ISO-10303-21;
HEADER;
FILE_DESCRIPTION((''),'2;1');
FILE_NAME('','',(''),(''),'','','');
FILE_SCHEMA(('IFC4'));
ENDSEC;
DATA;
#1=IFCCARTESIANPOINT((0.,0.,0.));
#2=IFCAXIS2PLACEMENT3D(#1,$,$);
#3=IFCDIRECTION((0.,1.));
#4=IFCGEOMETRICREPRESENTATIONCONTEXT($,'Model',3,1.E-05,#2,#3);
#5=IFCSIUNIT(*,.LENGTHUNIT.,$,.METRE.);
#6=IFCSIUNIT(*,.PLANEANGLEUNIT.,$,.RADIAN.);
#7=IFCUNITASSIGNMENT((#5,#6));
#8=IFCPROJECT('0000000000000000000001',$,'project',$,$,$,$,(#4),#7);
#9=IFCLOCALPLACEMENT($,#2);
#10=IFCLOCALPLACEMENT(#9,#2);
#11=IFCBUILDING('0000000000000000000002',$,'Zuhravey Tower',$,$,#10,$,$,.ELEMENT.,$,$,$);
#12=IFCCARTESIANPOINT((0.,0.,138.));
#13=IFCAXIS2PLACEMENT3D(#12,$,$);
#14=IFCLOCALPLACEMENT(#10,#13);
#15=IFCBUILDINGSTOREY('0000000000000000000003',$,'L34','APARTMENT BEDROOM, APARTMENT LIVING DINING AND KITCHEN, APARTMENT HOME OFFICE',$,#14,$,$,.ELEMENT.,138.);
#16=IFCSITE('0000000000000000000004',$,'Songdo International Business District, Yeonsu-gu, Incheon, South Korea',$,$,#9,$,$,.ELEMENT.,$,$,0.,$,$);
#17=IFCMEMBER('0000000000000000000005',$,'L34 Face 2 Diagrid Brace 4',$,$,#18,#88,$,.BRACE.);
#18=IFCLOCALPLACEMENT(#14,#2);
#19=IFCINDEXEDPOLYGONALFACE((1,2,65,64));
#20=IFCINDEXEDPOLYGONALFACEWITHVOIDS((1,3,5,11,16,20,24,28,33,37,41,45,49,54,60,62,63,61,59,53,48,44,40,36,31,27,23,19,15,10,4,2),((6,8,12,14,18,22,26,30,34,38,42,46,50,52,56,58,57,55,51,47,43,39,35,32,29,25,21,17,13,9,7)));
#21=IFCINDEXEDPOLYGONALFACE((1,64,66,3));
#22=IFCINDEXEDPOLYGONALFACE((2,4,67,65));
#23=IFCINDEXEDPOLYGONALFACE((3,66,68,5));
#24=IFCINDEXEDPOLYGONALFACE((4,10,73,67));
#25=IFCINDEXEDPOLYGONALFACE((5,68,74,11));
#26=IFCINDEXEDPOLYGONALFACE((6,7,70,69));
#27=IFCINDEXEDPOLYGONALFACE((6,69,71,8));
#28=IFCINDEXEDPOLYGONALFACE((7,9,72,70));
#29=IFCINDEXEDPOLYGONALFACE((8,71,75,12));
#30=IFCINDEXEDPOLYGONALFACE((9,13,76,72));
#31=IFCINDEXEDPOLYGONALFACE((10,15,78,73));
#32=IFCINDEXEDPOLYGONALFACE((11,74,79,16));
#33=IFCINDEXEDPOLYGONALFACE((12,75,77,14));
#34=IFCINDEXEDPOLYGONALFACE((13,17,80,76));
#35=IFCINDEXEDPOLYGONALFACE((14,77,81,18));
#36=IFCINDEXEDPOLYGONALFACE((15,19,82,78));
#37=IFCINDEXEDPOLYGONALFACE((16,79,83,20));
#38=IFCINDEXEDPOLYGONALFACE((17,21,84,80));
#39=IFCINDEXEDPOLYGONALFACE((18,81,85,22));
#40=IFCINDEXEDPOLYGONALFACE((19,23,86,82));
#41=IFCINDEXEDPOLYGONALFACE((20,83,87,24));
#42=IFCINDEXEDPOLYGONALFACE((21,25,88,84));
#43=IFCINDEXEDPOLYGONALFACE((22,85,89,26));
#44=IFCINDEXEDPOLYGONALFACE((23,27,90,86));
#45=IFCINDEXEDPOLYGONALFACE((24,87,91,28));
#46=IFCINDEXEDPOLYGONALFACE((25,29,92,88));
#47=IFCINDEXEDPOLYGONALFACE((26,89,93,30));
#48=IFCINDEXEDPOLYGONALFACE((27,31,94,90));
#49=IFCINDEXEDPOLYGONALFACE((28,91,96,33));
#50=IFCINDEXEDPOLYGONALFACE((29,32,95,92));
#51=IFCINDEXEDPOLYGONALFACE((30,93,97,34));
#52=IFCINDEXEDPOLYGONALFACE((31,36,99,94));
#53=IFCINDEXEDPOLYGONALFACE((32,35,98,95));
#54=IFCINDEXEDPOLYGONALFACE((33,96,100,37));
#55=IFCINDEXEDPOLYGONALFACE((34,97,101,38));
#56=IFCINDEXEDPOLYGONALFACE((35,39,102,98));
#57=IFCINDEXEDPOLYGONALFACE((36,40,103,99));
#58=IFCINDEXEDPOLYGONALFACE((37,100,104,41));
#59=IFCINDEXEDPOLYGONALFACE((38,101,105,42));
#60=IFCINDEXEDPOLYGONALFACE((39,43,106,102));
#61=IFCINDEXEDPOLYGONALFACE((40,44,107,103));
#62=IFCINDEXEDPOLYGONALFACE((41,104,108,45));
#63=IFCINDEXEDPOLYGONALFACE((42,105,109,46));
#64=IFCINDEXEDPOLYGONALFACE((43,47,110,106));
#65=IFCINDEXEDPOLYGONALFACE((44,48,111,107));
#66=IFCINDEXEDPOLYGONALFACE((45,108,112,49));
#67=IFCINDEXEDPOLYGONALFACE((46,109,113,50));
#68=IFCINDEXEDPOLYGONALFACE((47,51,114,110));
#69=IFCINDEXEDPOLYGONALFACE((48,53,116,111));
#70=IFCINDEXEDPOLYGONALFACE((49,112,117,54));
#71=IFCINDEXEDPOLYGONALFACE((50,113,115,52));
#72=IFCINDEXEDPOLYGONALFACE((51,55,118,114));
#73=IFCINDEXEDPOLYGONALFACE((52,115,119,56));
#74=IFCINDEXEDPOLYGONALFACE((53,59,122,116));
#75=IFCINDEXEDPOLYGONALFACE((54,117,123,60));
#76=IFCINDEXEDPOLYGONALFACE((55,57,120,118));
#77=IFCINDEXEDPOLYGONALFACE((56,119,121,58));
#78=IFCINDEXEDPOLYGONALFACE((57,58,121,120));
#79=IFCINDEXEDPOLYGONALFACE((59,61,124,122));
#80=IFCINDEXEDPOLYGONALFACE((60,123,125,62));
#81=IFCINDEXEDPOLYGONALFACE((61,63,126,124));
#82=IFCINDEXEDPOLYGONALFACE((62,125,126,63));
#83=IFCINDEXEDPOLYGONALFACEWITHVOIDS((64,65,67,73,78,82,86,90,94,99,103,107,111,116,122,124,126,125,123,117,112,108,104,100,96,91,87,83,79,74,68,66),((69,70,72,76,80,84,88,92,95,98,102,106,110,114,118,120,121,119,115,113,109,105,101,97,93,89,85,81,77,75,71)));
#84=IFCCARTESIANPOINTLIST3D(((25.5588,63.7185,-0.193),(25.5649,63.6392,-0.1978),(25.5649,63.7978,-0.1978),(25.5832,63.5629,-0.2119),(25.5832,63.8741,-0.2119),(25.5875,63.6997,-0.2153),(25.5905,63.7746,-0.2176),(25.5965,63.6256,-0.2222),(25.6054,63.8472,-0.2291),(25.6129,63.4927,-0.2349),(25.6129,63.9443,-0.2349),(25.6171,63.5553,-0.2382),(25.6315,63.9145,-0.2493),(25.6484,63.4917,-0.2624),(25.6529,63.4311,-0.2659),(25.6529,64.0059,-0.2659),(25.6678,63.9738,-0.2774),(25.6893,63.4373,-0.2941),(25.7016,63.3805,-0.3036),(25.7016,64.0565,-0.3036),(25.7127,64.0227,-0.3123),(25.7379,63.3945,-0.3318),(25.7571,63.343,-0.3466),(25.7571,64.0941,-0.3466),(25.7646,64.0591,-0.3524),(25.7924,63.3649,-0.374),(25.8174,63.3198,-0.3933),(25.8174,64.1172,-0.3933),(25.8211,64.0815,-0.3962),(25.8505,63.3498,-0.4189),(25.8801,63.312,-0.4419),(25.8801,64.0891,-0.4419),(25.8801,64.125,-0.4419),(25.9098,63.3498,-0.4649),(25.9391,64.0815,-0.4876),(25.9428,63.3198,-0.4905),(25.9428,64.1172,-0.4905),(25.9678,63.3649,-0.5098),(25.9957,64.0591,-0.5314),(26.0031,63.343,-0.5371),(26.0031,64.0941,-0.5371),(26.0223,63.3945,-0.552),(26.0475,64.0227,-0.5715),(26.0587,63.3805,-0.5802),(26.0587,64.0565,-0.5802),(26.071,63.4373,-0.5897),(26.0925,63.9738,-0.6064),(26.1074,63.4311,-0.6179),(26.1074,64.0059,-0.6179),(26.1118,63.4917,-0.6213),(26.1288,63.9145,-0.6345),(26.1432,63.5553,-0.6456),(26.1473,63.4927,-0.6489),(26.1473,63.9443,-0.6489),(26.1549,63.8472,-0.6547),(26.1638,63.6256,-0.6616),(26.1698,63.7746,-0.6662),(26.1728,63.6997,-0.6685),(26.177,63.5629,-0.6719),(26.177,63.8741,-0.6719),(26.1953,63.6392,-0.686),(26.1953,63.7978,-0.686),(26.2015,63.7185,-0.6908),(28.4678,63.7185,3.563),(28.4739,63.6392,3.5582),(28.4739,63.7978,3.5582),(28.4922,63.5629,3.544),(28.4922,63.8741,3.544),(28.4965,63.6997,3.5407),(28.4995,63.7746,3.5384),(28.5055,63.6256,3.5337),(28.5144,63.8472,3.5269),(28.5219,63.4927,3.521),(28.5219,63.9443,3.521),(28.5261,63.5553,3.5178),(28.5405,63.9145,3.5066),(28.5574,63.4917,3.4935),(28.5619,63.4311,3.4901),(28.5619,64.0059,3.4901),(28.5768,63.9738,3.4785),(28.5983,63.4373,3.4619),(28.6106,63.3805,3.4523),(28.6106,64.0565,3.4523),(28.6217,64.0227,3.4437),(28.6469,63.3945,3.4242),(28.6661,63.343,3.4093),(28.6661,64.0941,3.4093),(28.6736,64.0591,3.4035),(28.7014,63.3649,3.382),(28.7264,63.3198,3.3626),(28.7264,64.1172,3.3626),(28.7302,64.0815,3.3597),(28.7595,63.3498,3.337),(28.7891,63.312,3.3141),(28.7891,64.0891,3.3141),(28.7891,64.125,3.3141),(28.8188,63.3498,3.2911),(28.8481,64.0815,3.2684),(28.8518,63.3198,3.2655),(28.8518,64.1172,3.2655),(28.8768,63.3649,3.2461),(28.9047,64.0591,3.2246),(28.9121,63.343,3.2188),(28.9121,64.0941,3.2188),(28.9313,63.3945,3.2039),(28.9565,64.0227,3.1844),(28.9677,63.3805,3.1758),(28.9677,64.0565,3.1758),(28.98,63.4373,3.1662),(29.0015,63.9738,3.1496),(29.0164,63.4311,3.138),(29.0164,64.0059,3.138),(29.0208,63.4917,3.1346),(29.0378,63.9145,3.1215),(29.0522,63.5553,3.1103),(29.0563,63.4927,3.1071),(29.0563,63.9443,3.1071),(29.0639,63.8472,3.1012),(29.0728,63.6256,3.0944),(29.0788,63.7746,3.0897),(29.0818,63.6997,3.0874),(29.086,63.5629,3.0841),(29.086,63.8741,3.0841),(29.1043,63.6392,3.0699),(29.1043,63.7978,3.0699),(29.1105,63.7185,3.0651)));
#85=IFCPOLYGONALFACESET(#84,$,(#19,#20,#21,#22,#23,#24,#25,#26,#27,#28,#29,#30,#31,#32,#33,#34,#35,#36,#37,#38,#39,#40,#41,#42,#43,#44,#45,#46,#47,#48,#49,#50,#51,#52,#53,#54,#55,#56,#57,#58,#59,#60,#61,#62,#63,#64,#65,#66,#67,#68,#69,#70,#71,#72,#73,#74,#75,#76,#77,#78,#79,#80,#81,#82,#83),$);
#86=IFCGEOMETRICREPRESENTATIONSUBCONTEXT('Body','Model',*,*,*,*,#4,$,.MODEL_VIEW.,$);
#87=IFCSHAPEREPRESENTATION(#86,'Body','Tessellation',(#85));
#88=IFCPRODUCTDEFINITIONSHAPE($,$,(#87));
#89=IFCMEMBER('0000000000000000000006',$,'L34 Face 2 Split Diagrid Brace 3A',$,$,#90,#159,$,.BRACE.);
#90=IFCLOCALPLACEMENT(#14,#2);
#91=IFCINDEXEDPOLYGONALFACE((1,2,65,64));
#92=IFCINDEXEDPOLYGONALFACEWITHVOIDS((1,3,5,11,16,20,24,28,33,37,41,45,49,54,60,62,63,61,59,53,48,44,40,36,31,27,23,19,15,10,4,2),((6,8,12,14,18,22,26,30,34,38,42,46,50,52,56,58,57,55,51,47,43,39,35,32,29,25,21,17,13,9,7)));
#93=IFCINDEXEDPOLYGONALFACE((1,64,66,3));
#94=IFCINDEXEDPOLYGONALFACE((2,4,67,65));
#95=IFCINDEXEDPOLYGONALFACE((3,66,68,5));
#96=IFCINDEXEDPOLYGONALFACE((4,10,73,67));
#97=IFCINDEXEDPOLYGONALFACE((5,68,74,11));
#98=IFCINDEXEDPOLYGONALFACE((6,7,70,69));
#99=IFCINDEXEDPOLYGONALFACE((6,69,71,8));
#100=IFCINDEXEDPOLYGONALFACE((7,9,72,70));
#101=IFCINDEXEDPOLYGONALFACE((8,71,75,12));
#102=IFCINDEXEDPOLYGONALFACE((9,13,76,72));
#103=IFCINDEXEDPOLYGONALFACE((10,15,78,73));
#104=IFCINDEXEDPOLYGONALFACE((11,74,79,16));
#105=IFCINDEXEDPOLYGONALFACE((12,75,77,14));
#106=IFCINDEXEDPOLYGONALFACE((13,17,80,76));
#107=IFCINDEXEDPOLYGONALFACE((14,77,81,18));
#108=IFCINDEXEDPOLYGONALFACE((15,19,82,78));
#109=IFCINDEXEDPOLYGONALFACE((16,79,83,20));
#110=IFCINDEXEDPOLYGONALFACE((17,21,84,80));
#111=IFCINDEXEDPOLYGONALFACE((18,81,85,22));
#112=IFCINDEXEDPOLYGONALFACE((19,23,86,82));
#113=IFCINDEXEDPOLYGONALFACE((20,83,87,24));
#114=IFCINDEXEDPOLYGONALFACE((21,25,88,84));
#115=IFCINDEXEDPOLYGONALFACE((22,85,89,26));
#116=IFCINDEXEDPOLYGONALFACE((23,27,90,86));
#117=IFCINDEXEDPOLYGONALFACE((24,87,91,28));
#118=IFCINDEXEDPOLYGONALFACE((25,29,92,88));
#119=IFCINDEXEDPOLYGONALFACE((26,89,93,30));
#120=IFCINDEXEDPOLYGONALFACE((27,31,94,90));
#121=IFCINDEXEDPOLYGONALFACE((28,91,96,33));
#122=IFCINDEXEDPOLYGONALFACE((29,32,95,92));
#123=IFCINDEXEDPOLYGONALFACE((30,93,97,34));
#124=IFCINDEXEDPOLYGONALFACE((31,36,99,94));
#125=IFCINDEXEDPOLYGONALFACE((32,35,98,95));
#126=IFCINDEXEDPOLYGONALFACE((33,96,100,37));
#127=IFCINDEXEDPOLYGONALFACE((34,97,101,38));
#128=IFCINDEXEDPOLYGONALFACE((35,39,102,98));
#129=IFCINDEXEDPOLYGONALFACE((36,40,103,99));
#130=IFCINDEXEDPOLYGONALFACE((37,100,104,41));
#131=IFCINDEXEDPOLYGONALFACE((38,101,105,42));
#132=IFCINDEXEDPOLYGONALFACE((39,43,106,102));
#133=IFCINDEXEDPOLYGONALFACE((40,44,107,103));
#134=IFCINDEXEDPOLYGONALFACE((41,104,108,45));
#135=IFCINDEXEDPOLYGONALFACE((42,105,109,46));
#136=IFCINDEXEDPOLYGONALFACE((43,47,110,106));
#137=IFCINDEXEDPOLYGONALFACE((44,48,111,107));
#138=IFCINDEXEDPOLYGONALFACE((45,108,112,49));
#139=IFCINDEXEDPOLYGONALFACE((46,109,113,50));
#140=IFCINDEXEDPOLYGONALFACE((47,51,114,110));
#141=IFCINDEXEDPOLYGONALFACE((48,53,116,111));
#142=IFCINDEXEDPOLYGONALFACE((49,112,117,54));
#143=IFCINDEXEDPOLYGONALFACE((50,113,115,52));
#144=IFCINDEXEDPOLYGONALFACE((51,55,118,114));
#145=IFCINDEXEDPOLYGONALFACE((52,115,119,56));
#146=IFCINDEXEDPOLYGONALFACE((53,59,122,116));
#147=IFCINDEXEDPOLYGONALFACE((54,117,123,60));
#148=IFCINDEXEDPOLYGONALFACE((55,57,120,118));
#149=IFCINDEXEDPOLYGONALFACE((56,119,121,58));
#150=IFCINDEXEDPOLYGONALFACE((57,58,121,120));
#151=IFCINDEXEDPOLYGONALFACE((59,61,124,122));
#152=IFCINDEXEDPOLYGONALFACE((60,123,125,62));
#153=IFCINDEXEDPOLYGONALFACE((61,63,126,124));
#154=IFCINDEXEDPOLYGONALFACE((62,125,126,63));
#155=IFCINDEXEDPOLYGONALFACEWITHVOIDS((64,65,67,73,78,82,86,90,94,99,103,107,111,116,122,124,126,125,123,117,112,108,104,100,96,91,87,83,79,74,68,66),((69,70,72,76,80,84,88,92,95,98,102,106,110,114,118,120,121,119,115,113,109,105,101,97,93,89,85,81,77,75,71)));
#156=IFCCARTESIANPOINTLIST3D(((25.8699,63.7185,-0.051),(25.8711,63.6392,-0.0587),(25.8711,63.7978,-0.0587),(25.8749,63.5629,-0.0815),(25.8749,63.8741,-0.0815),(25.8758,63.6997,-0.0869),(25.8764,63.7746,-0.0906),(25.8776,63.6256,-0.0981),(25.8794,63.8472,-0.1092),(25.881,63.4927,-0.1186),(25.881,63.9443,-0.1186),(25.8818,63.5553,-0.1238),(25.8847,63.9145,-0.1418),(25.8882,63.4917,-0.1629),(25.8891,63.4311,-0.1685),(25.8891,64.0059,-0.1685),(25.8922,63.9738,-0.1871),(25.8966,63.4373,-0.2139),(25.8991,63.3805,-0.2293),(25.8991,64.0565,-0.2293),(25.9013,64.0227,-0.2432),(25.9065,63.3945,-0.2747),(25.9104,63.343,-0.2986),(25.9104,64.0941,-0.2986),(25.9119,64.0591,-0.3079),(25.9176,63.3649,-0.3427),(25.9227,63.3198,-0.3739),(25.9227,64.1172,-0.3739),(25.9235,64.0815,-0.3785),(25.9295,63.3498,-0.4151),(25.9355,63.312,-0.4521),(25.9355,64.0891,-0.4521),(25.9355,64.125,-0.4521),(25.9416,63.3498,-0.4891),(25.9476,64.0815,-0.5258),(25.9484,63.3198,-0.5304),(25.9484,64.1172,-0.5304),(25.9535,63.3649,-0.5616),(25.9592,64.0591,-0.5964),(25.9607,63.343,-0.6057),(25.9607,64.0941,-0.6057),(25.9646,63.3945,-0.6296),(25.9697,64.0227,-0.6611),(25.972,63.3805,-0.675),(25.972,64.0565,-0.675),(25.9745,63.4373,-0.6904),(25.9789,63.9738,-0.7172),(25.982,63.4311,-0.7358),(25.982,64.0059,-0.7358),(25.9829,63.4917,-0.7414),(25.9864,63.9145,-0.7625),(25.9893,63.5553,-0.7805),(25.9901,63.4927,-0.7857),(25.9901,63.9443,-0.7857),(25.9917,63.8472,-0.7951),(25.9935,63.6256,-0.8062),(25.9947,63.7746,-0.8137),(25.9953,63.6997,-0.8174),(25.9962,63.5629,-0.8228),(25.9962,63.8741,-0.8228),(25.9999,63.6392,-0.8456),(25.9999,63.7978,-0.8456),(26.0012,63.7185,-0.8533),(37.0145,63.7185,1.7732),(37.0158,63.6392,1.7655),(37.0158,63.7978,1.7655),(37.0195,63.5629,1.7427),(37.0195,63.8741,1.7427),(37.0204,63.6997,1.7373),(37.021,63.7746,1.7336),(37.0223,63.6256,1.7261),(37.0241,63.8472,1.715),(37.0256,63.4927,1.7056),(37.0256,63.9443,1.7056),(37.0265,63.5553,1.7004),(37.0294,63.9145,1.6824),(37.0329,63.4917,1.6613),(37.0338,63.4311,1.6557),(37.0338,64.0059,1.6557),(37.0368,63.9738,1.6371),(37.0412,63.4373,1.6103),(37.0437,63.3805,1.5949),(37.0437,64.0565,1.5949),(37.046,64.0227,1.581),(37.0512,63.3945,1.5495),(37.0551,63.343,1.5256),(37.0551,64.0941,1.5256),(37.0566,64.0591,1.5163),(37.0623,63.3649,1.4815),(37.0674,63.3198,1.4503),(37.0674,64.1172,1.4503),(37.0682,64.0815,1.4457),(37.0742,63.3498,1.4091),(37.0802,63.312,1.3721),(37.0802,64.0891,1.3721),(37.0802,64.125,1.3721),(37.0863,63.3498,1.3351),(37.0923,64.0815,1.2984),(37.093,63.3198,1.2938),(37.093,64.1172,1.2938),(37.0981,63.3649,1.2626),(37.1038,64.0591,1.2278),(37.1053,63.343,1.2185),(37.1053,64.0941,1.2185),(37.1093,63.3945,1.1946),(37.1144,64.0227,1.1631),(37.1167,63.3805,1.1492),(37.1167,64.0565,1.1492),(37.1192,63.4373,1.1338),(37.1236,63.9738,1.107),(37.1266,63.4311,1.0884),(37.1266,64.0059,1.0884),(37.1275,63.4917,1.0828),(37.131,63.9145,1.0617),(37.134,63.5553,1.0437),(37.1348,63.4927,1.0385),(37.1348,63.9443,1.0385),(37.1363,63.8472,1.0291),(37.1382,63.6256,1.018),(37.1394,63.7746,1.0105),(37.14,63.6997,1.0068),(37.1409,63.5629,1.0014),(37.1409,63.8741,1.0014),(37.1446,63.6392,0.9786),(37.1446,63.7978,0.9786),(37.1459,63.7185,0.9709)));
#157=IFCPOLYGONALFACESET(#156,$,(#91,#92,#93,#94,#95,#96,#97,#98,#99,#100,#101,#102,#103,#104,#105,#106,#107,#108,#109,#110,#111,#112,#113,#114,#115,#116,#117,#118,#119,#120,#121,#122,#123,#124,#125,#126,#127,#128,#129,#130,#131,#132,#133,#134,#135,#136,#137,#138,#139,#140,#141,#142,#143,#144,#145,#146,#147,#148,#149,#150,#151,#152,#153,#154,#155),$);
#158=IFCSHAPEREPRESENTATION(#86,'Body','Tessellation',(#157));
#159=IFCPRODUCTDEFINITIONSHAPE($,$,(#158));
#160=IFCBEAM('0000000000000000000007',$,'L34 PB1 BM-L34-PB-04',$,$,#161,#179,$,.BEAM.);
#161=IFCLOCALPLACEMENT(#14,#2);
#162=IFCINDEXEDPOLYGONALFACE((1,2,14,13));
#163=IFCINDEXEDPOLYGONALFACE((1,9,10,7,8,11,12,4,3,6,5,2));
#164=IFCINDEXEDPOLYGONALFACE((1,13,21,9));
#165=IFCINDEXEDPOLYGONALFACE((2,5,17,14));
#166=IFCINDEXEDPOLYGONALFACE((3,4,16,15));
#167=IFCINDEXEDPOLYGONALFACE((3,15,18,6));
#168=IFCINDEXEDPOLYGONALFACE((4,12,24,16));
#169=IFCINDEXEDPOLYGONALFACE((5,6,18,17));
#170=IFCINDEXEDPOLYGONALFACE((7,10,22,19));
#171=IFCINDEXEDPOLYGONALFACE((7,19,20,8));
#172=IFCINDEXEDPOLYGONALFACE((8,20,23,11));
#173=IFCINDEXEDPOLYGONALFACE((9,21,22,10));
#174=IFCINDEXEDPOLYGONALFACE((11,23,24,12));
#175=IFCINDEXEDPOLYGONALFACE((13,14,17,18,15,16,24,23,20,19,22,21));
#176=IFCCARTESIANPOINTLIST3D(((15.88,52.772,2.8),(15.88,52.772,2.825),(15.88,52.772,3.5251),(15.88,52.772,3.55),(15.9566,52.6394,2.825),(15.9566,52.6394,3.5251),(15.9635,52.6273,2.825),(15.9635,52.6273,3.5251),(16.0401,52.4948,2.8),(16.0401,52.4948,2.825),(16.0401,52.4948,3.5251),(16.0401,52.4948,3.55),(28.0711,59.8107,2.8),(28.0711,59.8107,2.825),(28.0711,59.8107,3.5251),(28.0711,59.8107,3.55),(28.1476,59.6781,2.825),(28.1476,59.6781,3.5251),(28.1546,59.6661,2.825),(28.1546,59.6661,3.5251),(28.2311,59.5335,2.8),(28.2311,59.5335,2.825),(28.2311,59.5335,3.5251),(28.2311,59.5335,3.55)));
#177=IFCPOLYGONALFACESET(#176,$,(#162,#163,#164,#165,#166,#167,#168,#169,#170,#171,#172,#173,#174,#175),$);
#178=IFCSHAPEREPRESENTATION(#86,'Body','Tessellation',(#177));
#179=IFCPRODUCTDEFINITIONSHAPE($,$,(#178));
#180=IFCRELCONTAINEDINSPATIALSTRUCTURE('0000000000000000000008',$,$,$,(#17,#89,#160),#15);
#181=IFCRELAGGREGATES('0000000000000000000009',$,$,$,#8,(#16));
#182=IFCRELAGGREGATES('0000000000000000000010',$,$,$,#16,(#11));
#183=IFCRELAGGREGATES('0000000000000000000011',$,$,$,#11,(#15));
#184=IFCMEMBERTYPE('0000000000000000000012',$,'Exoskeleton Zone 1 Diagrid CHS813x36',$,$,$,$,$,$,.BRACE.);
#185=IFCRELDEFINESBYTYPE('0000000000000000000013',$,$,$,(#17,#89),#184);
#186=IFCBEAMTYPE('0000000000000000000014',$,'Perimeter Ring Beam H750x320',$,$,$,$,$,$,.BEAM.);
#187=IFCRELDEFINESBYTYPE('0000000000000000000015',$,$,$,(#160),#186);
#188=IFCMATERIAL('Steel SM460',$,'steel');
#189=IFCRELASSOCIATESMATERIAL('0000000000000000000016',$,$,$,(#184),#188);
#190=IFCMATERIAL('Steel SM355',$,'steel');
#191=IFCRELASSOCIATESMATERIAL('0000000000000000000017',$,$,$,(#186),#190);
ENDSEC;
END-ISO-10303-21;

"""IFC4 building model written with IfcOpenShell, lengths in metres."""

from ifc_helpers import new_model, si_unit, direction, frame, origin, origin_2d, place, context, subcontext, project, spatial, hollow_circle, i_section, extrude, material, material_profile, profile_set, type_object, element, save


model = new_model("IFC4")

# Units and contexts
model_context = context("Model", 3, precision=1e-05, world=origin(), true_north=direction((0.0, 1.0)))
body_context = subcontext(model_context, "Body", "Model", "MODEL_VIEW")
ifc_project = project(units=[si_unit("LENGTHUNIT", "METRE"), si_unit("PLANEANGLEUNIT", "RADIAN")], contexts=[model_context])

# Site, building, storey
site_placement = place(None, origin())
site = spatial("IfcSite", under=ifc_project, at=site_placement, Name="Songdo International Business District, Yeonsu-gu, Incheon, South Korea", CompositionType="ELEMENT", RefElevation=0.0)
building_placement = place(site_placement, origin())
building = spatial("IfcBuilding", under=site, at=building_placement, Name="Zuhravey Tower", CompositionType="ELEMENT")
storey_placement = place(building_placement, frame((0.0, 0.0, 138.0)))
storey = spatial("IfcBuildingStorey", under=building, at=storey_placement, Name="L34", Description="APARTMENT BEDROOM, APARTMENT LIVING DINING AND KITCHEN, APARTMENT HOME OFFICE", CompositionType="ELEMENT", Elevation=138.0)

# Shared definitions
ifc_material_1 = material(Name="Steel SM460", Category="steel")

# Members
ifc_material_profile_1 = material_profile(ifc_material_1, hollow_circle(Radius=0.4065, WallThickness=0.0359, at=origin_2d()), Name="CHS-812.8x36")
ifc_profile_set_1 = profile_set([ifc_material_profile_1], Name="Steel SM460")
member_type_1 = type_object("IfcMemberType", Name="Exoskeleton Zone 1 Diagrid CHS813x36", PredefinedType="BRACE", material=ifc_profile_set_1)
member_1_placement = place(storey_placement, frame((25.8801, 63.7185, -0.4419), z_axis=(0.612328, 0.0, 0.790604), x_axis=(0.0, 1.0, 0.0)))
element("IfcMember", 1, at=member_1_placement, inside=storey, type_object=member_type_1, Name="L34 Face 2 Diagrid Brace 4", PredefinedType="BRACE", context=body_context, shape_type="SweptSolid", body=[
    extrude(hollow_circle(Radius=0.4065, WallThickness=0.0359, at=origin_2d()), origin(), (0.0, 0.0, 1.0), 4.7507),
])
member_2_placement = place(storey_placement, frame((25.9355, 63.7185, -0.4521), z_axis=(0.986867, 0.0, 0.161534), x_axis=(0.0, 1.0, 0.0)))
element("IfcMember", 2, at=member_2_placement, inside=storey, type_object=member_type_1, Name="L34 Face 2 Split Diagrid Brace 3A", PredefinedType="BRACE", context=body_context, shape_type="SweptSolid", body=[
    extrude(hollow_circle(Radius=0.4065, WallThickness=0.0359, at=origin_2d()), origin(), (0.0, 0.0, 1.0), 11.293),
])

# Beam
ifc_material_2 = material(Name="Steel SM355", Category="steel")
ifc_material_profile_2 = material_profile(ifc_material_2, i_section(OverallWidth=0.3201, OverallDepth=0.75, WebThickness=0.0139, FlangeThickness=0.0249, at=origin_2d()), Name="H-750x320x14x25")
ifc_profile_set_2 = profile_set([ifc_material_profile_2], Name="Steel SM355")
beam_type_1 = type_object("IfcBeamType", Name="Perimeter Ring Beam H750x320", PredefinedType="BEAM", material=ifc_profile_set_2)
beam_1_placement = place(storey_placement, frame((28.1511, 59.6721, 3.175), z_axis=(-0.866018, -0.500013, 0.0), x_axis=(0.500013, -0.866018, 0.0)))
element("IfcBeam", 3, at=beam_1_placement, inside=storey, type_object=beam_type_1, Name="L34 PB1 BM-L34-PB-04", PredefinedType="BEAM", context=body_context, shape_type="SweptSolid", body=[
    extrude(i_section(OverallWidth=0.3201, OverallDepth=0.75, WebThickness=0.0139, FlangeThickness=0.0249, at=origin_2d()), origin(), (0.0, 0.0, 1.0), 14.0771),
])

save(model, "model.ifc")
